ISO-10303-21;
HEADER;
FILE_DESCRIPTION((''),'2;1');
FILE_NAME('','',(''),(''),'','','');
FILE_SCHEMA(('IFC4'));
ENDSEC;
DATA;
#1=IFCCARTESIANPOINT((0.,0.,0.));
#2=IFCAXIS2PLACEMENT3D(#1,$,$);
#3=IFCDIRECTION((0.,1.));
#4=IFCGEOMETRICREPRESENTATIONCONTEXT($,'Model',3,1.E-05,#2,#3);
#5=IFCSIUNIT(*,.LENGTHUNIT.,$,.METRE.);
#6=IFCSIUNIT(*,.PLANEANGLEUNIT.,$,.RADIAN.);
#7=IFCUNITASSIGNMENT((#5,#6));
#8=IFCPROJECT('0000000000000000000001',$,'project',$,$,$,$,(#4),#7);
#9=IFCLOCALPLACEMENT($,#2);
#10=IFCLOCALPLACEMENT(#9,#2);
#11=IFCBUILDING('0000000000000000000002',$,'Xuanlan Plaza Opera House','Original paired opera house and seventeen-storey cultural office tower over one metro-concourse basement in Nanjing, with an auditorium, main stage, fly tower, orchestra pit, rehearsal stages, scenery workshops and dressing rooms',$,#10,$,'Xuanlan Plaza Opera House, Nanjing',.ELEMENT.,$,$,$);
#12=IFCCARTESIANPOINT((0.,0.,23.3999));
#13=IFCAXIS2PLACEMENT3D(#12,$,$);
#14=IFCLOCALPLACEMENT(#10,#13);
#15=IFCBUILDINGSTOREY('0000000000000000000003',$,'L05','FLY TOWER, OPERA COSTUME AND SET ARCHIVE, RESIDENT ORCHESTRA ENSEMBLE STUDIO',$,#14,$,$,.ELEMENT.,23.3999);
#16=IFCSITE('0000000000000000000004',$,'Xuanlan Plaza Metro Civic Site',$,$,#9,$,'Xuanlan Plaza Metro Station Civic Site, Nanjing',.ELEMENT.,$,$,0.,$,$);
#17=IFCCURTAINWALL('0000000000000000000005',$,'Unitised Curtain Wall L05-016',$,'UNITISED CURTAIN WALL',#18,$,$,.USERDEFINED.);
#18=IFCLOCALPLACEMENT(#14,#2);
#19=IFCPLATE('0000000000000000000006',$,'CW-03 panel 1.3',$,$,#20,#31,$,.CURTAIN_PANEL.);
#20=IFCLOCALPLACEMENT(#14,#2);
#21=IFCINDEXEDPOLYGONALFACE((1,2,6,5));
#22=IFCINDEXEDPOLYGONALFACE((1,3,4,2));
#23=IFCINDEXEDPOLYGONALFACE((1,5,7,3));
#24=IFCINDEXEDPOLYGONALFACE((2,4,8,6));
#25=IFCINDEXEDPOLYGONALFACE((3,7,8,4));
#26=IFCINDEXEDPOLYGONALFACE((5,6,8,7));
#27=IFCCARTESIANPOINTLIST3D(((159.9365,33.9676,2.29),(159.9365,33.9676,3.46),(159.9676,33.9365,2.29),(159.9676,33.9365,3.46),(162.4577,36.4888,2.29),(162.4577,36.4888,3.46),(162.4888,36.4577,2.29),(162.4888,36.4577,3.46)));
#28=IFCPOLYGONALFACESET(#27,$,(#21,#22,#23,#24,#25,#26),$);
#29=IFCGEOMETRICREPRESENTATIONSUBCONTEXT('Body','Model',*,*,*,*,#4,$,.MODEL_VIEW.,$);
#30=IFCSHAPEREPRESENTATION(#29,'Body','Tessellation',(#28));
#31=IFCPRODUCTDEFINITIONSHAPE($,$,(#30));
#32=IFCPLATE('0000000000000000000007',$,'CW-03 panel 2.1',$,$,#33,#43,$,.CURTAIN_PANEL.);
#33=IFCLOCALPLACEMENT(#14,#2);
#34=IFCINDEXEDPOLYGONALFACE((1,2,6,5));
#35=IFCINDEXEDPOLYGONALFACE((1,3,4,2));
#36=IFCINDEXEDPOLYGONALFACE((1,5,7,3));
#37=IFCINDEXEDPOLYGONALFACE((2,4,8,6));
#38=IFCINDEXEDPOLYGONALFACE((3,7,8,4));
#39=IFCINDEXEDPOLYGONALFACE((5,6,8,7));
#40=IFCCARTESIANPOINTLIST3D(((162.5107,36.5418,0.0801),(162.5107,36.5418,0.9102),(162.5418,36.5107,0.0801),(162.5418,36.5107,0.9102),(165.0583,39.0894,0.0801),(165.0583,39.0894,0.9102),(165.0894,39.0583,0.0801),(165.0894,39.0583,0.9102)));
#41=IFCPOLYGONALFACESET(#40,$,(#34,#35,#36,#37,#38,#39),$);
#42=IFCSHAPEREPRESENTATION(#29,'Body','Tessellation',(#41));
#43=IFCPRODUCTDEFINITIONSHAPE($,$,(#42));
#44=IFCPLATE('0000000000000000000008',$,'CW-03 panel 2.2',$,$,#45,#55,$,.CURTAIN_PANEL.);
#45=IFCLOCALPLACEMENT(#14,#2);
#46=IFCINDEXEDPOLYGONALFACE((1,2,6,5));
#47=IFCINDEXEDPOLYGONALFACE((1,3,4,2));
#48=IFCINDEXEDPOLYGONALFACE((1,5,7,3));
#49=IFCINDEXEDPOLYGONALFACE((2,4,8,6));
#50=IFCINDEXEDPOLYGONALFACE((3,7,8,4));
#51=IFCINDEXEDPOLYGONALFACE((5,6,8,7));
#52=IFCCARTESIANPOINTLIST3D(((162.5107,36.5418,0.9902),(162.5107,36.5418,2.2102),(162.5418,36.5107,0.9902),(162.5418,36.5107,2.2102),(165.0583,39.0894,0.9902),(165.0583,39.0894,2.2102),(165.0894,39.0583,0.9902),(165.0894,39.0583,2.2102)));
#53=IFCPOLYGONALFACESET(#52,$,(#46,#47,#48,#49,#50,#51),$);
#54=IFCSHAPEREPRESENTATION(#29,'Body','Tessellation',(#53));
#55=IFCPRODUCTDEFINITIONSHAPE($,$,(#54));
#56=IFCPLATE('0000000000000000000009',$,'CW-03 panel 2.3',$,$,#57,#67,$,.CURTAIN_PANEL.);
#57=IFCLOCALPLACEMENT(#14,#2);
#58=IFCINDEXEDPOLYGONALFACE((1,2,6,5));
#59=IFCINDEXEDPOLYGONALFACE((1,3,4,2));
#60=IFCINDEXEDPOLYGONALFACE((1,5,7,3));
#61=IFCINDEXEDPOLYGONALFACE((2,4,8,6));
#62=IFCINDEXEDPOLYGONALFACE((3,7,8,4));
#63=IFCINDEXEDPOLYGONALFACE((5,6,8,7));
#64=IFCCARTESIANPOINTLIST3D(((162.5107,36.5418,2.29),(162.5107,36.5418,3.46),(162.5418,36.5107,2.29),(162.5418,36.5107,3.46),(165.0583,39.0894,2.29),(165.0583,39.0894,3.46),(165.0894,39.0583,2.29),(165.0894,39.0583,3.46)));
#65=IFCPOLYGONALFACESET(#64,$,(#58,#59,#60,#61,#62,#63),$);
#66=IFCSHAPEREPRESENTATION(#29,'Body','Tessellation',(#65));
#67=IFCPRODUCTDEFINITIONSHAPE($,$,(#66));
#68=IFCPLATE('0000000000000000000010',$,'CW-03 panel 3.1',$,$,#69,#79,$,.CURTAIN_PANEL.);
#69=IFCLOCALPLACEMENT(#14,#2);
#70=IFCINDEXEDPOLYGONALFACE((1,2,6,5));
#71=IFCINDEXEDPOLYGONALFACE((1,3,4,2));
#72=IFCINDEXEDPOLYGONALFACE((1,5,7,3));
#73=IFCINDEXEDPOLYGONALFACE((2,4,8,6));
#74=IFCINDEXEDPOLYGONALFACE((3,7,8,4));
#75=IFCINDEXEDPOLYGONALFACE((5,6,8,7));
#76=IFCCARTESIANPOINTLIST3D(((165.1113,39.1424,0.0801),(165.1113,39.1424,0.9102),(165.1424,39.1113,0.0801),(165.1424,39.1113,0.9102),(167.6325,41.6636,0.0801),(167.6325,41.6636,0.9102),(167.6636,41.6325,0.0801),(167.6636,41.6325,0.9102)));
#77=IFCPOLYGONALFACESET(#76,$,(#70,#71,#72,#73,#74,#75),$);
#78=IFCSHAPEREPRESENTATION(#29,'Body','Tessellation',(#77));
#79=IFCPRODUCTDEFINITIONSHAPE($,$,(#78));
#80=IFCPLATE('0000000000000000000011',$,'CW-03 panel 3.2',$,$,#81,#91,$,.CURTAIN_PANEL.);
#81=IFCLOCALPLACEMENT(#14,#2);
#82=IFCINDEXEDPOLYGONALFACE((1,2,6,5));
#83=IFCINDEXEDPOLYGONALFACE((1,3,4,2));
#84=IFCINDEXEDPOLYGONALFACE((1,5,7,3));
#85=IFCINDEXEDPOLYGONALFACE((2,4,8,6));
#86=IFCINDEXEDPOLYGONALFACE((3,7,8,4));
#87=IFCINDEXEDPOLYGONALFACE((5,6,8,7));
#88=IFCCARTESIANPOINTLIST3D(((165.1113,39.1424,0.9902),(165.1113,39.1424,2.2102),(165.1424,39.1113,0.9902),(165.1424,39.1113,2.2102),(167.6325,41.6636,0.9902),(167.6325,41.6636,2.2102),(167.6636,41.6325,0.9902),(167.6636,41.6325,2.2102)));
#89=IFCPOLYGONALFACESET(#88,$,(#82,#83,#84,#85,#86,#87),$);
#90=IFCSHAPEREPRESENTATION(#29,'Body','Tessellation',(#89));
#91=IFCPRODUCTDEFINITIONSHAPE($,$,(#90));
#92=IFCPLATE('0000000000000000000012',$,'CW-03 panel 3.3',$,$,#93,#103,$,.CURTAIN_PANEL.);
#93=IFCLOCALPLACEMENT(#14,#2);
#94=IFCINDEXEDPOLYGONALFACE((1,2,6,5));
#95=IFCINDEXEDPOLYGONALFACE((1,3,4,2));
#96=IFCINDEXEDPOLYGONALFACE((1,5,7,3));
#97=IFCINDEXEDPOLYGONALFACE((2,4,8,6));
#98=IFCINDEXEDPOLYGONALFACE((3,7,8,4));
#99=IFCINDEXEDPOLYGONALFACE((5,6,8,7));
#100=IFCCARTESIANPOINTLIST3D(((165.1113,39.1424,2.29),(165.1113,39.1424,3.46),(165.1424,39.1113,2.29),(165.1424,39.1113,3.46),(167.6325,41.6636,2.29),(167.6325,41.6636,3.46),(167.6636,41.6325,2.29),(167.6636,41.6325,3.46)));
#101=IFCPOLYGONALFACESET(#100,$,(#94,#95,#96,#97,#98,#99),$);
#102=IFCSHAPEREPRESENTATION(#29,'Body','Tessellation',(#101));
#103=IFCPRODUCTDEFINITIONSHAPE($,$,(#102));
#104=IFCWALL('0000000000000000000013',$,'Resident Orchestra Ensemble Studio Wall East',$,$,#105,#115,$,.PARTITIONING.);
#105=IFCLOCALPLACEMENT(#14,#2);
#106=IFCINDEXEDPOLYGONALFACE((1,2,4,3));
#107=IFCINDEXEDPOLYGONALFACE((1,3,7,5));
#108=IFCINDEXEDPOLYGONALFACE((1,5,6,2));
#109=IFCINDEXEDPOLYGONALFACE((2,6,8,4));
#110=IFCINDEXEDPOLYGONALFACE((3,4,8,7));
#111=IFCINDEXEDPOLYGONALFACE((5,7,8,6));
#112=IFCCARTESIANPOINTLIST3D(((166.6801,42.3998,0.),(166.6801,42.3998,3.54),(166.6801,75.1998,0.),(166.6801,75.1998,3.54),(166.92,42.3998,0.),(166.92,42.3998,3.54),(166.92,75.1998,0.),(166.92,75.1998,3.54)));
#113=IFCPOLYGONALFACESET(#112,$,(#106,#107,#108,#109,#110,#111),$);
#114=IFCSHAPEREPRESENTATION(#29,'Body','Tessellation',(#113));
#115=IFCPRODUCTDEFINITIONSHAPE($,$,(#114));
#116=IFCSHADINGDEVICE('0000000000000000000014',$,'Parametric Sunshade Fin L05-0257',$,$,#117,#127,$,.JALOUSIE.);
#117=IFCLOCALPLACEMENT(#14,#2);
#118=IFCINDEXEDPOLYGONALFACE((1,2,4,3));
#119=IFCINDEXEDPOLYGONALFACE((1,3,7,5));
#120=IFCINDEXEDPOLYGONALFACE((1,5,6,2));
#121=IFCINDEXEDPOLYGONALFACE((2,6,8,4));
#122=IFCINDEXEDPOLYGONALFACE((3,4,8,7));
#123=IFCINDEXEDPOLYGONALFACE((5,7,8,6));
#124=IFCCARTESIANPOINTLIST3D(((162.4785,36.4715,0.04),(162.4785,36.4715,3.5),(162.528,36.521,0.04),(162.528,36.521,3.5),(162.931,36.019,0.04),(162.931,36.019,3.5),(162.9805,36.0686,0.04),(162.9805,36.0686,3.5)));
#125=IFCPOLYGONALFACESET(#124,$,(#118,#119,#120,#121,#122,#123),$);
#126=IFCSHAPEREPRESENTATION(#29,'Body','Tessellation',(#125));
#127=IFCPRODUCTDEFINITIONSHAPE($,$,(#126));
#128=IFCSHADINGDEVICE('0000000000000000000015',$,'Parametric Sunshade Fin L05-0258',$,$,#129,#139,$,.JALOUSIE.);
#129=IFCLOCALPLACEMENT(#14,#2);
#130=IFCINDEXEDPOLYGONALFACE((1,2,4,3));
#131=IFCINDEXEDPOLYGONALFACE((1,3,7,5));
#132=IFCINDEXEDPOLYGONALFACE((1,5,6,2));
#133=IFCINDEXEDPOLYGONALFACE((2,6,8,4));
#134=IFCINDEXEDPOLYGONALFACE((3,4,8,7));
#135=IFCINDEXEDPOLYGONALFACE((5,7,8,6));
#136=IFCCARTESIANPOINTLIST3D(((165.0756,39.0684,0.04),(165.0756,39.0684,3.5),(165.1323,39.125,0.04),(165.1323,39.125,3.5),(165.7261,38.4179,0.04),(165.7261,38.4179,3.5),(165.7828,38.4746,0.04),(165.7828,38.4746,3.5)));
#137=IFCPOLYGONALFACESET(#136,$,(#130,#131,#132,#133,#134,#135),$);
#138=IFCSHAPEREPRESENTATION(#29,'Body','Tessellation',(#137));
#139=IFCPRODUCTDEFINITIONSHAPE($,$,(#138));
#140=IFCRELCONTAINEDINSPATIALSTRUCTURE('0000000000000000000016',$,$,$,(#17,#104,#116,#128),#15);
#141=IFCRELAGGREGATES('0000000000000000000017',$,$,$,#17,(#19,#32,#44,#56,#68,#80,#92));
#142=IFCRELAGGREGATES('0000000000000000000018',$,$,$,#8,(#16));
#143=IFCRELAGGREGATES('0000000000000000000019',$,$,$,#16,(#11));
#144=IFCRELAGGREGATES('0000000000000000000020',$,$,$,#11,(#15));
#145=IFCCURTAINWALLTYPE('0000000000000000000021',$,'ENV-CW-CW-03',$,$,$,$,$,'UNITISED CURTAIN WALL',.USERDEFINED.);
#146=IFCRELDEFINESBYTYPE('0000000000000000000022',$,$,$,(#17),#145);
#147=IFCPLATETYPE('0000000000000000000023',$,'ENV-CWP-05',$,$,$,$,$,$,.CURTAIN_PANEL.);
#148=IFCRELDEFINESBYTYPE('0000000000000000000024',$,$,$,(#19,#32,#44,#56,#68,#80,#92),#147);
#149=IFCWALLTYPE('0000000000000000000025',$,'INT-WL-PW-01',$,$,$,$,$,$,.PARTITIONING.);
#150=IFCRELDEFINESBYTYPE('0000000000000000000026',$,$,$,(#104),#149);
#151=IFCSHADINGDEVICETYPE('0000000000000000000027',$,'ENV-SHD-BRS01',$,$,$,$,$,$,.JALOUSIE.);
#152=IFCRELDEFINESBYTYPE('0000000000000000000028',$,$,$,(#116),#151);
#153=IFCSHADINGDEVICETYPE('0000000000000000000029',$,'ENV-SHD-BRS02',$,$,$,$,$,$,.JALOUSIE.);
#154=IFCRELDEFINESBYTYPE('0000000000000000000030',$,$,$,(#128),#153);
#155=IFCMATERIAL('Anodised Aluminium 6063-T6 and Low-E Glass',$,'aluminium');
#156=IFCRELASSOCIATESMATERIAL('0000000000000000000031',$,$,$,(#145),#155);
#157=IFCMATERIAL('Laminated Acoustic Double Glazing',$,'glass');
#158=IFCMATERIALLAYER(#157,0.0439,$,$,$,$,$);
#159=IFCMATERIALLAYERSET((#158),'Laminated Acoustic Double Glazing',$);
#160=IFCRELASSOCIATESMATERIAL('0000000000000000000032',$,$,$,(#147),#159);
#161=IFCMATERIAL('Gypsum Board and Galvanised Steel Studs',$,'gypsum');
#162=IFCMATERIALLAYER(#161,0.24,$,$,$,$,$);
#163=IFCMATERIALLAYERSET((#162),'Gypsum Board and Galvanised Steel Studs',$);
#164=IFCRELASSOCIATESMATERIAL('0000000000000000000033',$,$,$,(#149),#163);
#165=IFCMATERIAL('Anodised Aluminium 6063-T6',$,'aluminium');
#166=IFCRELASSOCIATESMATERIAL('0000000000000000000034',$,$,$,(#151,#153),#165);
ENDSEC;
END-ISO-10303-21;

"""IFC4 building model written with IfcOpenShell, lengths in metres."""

from ifc_helpers import new_model, si_unit, direction, frame, frame_2d, origin, origin_2d, place, context, subcontext, project, spatial, rectangle, extrude, material, layer, layer_set, type_object, element, aggregate, save


model = new_model("IFC4")

# Units and contexts
model_context = context("Model", 3, precision=1e-05, world=origin(), true_north=direction((0.0, 1.0)))
body_context = subcontext(model_context, "Body", "Model", "MODEL_VIEW")
ifc_project = project(units=[si_unit("LENGTHUNIT", "METRE"), si_unit("PLANEANGLEUNIT", "RADIAN")], contexts=[model_context])

# Site, building, storey
site_placement = place(None, origin())
site = spatial("IfcSite", under=ifc_project, at=site_placement, Name="Xuanlan Plaza Metro Civic Site", LongName="Xuanlan Plaza Metro Station Civic Site, Nanjing", CompositionType="ELEMENT", RefElevation=0.0)
building_placement = place(site_placement, origin())
building = spatial("IfcBuilding", under=site, at=building_placement, Name="Xuanlan Plaza Opera House", Description="Original paired opera house and seventeen-storey cultural office tower over one metro-concourse basement in Nanjing, with an auditorium, main stage, fly tower, orchestra pit, rehearsal stages, scenery workshops and dressing rooms", LongName="Xuanlan Plaza Opera House, Nanjing", CompositionType="ELEMENT")
storey_placement = place(building_placement, frame((0.0, 0.0, 23.3999)))
storey = spatial("IfcBuildingStorey", under=building, at=storey_placement, Name="L05", Description="FLY TOWER, OPERA COSTUME AND SET ARCHIVE, RESIDENT ORCHESTRA ENSEMBLE STUDIO", CompositionType="ELEMENT", Elevation=23.3999)

# Curtain wall
ifc_material_1 = material(Name="Anodised Aluminium 6063-T6 and Low-E Glass", Category="aluminium")
curtain_wall_type_1 = type_object("IfcCurtainWallType", Name="ENV-CW-CW-03", ElementType="UNITISED CURTAIN WALL", PredefinedType="USERDEFINED", material=ifc_material_1)
curtain_wall_1_placement = place(storey_placement, origin())
curtain_wall_1 = element("IfcCurtainWall", 1, at=curtain_wall_1_placement, inside=storey, type_object=curtain_wall_type_1, Name="Unitised Curtain Wall L05-016", ObjectType="UNITISED CURTAIN WALL", PredefinedType="USERDEFINED")
ifc_material_2 = material(Name="Anodised Aluminium 6063-T6", Category="aluminium")

# Plates
ifc_material_3 = material(Name="Laminated Acoustic Double Glazing", Category="glass")
ifc_layer_1 = layer(ifc_material_3, 0.0439)
ifc_layer_set_1 = layer_set([ifc_layer_1], Name="Laminated Acoustic Double Glazing")
plate_type = type_object("IfcPlateType", Name="ENV-CWP-05", PredefinedType="CURTAIN_PANEL", material=ifc_layer_set_1)
plate_1_placement = place(storey_placement, frame((161.2126, 35.2126, 2.29), z_axis=(0.0, 0.0, 1.0), x_axis=(0.707107, 0.707107, 0.0)))
plate_1 = element("IfcPlate", 2, at=plate_1_placement, type_object=plate_type, Name="CW-03 panel 1.3", PredefinedType="CURTAIN_PANEL", context=body_context, shape_type="SweptSolid", body=[
    extrude(rectangle(XDim=3.5654, YDim=0.0439, at=origin_2d()), origin(), (0.0, 0.0, 1.0), 1.1699),
])
plate_2_placement = place(storey_placement, frame((163.8, 37.8, 0.0801), z_axis=(0.0, 0.0, 1.0), x_axis=(0.707107, 0.707107, 0.0)))
plate_2 = element("IfcPlate", 3, at=plate_2_placement, type_object=plate_type, Name="CW-03 panel 2.1", PredefinedType="CURTAIN_PANEL", context=body_context, shape_type="SweptSolid", body=[
    extrude(rectangle(XDim=3.6028, YDim=0.0439, at=origin_2d()), origin(), (0.0, 0.0, 1.0), 0.8301),
])
plate_3_placement = place(storey_placement, frame((163.8, 37.8, 0.9902), z_axis=(0.0, 0.0, 1.0), x_axis=(0.707107, 0.707107, 0.0)))
plate_3 = element("IfcPlate", 4, at=plate_3_placement, type_object=plate_type, Name="CW-03 panel 2.2", PredefinedType="CURTAIN_PANEL", context=body_context, shape_type="SweptSolid", body=[
    extrude(rectangle(XDim=3.6028, YDim=0.0439, at=origin_2d()), origin(), (0.0, 0.0, 1.0), 1.22),
])
plate_4_placement = place(storey_placement, frame((163.8, 37.8, 2.29), z_axis=(0.0, 0.0, 1.0), x_axis=(0.707107, 0.707107, 0.0)))
plate_4 = element("IfcPlate", 5, at=plate_4_placement, type_object=plate_type, Name="CW-03 panel 2.3", PredefinedType="CURTAIN_PANEL", context=body_context, shape_type="SweptSolid", body=[
    extrude(rectangle(XDim=3.6028, YDim=0.0439, at=origin_2d()), origin(), (0.0, 0.0, 1.0), 1.1699),
])
plate_5_placement = place(storey_placement, frame((166.3875, 40.3875, 0.0801), z_axis=(0.0, 0.0, 1.0), x_axis=(0.707107, 0.707107, 0.0)))
plate_5 = element("IfcPlate", 6, at=plate_5_placement, type_object=plate_type, Name="CW-03 panel 3.1", PredefinedType="CURTAIN_PANEL", context=body_context, shape_type="SweptSolid", body=[
    extrude(rectangle(XDim=3.5654, YDim=0.0439, at=origin_2d()), origin(), (0.0, 0.0, 1.0), 0.8301),
])
plate_6_placement = place(storey_placement, frame((166.3875, 40.3875, 0.9902), z_axis=(0.0, 0.0, 1.0), x_axis=(0.707107, 0.707107, 0.0)))
plate_6 = element("IfcPlate", 7, at=plate_6_placement, type_object=plate_type, Name="CW-03 panel 3.2", PredefinedType="CURTAIN_PANEL", context=body_context, shape_type="SweptSolid", body=[
    extrude(rectangle(XDim=3.5654, YDim=0.0439, at=origin_2d()), origin(), (0.0, 0.0, 1.0), 1.22),
])
plate_7_placement = place(storey_placement, frame((166.3875, 40.3875, 2.29), z_axis=(0.0, 0.0, 1.0), x_axis=(0.707107, 0.707107, 0.0)))
plate_7 = element("IfcPlate", 8, at=plate_7_placement, type_object=plate_type, Name="CW-03 panel 3.3", PredefinedType="CURTAIN_PANEL", context=body_context, shape_type="SweptSolid", body=[
    extrude(rectangle(XDim=3.5654, YDim=0.0439, at=origin_2d()), origin(), (0.0, 0.0, 1.0), 1.1699),
])
aggregate(curtain_wall_1, [plate_1, plate_2, plate_3, plate_4, plate_5, plate_6, plate_7])

# Wall
ifc_material_4 = material(Name="Gypsum Board and Galvanised Steel Studs", Category="gypsum")
ifc_layer_2 = layer(ifc_material_4, 0.24)
ifc_layer_set_2 = layer_set([ifc_layer_2], Name="Gypsum Board and Galvanised Steel Studs")
wall_type = type_object("IfcWallType", Name="INT-WL-PW-01", PredefinedType="PARTITIONING", material=ifc_layer_set_2)
wall_placement = place(storey_placement, frame((166.8, 42.3999, 0.0), z_axis=(0.0, 0.0, 1.0), x_axis=(0.0, 1.0, 0.0)))
element("IfcWall", 9, at=wall_placement, inside=storey, type_object=wall_type, Name="Resident Orchestra Ensemble Studio Wall East", PredefinedType="PARTITIONING", context=body_context, shape_type="SweptSolid", body=[
    extrude(rectangle(XDim=32.8, YDim=0.24, at=frame_2d((16.3999, 0.0))), origin(), (0.0, 0.0, 1.0), 3.54),
])

# Shading devices
shading_device_type_1 = type_object("IfcShadingDeviceType", Name="ENV-SHD-BRS01", PredefinedType="JALOUSIE", material=ifc_material_2)
shading_device_1_placement = place(storey_placement, frame((162.7295, 36.27, 0.04), z_axis=(0.0, 0.0, 1.0), x_axis=(0.707107, -0.707107, 0.0)))
element("IfcShadingDevice", 10, at=shading_device_1_placement, inside=storey, type_object=shading_device_type_1, Name="Parametric Sunshade Fin L05-0257", PredefinedType="JALOUSIE", context=body_context, shape_type="SweptSolid", body=[
    extrude(rectangle(XDim=0.6399, YDim=0.0701, at=origin_2d()), origin(), (0.0, 0.0, 1.0), 3.46),
])
shading_device_type_2 = type_object("IfcShadingDeviceType", Name="ENV-SHD-BRS02", PredefinedType="JALOUSIE", material=ifc_material_2)
shading_device_2_placement = place(storey_placement, frame((165.4292, 38.7715, 0.04), z_axis=(0.0, 0.0, 1.0), x_axis=(0.707107, -0.707107, 0.0)))
element("IfcShadingDevice", 11, at=shading_device_2_placement, inside=storey, type_object=shading_device_type_2, Name="Parametric Sunshade Fin L05-0258", PredefinedType="JALOUSIE", context=body_context, shape_type="SweptSolid", body=[
    extrude(rectangle(XDim=0.9199, YDim=0.0801, at=origin_2d()), origin(), (0.0, 0.0, 1.0), 3.46),
])

save(model, "model.ifc")
